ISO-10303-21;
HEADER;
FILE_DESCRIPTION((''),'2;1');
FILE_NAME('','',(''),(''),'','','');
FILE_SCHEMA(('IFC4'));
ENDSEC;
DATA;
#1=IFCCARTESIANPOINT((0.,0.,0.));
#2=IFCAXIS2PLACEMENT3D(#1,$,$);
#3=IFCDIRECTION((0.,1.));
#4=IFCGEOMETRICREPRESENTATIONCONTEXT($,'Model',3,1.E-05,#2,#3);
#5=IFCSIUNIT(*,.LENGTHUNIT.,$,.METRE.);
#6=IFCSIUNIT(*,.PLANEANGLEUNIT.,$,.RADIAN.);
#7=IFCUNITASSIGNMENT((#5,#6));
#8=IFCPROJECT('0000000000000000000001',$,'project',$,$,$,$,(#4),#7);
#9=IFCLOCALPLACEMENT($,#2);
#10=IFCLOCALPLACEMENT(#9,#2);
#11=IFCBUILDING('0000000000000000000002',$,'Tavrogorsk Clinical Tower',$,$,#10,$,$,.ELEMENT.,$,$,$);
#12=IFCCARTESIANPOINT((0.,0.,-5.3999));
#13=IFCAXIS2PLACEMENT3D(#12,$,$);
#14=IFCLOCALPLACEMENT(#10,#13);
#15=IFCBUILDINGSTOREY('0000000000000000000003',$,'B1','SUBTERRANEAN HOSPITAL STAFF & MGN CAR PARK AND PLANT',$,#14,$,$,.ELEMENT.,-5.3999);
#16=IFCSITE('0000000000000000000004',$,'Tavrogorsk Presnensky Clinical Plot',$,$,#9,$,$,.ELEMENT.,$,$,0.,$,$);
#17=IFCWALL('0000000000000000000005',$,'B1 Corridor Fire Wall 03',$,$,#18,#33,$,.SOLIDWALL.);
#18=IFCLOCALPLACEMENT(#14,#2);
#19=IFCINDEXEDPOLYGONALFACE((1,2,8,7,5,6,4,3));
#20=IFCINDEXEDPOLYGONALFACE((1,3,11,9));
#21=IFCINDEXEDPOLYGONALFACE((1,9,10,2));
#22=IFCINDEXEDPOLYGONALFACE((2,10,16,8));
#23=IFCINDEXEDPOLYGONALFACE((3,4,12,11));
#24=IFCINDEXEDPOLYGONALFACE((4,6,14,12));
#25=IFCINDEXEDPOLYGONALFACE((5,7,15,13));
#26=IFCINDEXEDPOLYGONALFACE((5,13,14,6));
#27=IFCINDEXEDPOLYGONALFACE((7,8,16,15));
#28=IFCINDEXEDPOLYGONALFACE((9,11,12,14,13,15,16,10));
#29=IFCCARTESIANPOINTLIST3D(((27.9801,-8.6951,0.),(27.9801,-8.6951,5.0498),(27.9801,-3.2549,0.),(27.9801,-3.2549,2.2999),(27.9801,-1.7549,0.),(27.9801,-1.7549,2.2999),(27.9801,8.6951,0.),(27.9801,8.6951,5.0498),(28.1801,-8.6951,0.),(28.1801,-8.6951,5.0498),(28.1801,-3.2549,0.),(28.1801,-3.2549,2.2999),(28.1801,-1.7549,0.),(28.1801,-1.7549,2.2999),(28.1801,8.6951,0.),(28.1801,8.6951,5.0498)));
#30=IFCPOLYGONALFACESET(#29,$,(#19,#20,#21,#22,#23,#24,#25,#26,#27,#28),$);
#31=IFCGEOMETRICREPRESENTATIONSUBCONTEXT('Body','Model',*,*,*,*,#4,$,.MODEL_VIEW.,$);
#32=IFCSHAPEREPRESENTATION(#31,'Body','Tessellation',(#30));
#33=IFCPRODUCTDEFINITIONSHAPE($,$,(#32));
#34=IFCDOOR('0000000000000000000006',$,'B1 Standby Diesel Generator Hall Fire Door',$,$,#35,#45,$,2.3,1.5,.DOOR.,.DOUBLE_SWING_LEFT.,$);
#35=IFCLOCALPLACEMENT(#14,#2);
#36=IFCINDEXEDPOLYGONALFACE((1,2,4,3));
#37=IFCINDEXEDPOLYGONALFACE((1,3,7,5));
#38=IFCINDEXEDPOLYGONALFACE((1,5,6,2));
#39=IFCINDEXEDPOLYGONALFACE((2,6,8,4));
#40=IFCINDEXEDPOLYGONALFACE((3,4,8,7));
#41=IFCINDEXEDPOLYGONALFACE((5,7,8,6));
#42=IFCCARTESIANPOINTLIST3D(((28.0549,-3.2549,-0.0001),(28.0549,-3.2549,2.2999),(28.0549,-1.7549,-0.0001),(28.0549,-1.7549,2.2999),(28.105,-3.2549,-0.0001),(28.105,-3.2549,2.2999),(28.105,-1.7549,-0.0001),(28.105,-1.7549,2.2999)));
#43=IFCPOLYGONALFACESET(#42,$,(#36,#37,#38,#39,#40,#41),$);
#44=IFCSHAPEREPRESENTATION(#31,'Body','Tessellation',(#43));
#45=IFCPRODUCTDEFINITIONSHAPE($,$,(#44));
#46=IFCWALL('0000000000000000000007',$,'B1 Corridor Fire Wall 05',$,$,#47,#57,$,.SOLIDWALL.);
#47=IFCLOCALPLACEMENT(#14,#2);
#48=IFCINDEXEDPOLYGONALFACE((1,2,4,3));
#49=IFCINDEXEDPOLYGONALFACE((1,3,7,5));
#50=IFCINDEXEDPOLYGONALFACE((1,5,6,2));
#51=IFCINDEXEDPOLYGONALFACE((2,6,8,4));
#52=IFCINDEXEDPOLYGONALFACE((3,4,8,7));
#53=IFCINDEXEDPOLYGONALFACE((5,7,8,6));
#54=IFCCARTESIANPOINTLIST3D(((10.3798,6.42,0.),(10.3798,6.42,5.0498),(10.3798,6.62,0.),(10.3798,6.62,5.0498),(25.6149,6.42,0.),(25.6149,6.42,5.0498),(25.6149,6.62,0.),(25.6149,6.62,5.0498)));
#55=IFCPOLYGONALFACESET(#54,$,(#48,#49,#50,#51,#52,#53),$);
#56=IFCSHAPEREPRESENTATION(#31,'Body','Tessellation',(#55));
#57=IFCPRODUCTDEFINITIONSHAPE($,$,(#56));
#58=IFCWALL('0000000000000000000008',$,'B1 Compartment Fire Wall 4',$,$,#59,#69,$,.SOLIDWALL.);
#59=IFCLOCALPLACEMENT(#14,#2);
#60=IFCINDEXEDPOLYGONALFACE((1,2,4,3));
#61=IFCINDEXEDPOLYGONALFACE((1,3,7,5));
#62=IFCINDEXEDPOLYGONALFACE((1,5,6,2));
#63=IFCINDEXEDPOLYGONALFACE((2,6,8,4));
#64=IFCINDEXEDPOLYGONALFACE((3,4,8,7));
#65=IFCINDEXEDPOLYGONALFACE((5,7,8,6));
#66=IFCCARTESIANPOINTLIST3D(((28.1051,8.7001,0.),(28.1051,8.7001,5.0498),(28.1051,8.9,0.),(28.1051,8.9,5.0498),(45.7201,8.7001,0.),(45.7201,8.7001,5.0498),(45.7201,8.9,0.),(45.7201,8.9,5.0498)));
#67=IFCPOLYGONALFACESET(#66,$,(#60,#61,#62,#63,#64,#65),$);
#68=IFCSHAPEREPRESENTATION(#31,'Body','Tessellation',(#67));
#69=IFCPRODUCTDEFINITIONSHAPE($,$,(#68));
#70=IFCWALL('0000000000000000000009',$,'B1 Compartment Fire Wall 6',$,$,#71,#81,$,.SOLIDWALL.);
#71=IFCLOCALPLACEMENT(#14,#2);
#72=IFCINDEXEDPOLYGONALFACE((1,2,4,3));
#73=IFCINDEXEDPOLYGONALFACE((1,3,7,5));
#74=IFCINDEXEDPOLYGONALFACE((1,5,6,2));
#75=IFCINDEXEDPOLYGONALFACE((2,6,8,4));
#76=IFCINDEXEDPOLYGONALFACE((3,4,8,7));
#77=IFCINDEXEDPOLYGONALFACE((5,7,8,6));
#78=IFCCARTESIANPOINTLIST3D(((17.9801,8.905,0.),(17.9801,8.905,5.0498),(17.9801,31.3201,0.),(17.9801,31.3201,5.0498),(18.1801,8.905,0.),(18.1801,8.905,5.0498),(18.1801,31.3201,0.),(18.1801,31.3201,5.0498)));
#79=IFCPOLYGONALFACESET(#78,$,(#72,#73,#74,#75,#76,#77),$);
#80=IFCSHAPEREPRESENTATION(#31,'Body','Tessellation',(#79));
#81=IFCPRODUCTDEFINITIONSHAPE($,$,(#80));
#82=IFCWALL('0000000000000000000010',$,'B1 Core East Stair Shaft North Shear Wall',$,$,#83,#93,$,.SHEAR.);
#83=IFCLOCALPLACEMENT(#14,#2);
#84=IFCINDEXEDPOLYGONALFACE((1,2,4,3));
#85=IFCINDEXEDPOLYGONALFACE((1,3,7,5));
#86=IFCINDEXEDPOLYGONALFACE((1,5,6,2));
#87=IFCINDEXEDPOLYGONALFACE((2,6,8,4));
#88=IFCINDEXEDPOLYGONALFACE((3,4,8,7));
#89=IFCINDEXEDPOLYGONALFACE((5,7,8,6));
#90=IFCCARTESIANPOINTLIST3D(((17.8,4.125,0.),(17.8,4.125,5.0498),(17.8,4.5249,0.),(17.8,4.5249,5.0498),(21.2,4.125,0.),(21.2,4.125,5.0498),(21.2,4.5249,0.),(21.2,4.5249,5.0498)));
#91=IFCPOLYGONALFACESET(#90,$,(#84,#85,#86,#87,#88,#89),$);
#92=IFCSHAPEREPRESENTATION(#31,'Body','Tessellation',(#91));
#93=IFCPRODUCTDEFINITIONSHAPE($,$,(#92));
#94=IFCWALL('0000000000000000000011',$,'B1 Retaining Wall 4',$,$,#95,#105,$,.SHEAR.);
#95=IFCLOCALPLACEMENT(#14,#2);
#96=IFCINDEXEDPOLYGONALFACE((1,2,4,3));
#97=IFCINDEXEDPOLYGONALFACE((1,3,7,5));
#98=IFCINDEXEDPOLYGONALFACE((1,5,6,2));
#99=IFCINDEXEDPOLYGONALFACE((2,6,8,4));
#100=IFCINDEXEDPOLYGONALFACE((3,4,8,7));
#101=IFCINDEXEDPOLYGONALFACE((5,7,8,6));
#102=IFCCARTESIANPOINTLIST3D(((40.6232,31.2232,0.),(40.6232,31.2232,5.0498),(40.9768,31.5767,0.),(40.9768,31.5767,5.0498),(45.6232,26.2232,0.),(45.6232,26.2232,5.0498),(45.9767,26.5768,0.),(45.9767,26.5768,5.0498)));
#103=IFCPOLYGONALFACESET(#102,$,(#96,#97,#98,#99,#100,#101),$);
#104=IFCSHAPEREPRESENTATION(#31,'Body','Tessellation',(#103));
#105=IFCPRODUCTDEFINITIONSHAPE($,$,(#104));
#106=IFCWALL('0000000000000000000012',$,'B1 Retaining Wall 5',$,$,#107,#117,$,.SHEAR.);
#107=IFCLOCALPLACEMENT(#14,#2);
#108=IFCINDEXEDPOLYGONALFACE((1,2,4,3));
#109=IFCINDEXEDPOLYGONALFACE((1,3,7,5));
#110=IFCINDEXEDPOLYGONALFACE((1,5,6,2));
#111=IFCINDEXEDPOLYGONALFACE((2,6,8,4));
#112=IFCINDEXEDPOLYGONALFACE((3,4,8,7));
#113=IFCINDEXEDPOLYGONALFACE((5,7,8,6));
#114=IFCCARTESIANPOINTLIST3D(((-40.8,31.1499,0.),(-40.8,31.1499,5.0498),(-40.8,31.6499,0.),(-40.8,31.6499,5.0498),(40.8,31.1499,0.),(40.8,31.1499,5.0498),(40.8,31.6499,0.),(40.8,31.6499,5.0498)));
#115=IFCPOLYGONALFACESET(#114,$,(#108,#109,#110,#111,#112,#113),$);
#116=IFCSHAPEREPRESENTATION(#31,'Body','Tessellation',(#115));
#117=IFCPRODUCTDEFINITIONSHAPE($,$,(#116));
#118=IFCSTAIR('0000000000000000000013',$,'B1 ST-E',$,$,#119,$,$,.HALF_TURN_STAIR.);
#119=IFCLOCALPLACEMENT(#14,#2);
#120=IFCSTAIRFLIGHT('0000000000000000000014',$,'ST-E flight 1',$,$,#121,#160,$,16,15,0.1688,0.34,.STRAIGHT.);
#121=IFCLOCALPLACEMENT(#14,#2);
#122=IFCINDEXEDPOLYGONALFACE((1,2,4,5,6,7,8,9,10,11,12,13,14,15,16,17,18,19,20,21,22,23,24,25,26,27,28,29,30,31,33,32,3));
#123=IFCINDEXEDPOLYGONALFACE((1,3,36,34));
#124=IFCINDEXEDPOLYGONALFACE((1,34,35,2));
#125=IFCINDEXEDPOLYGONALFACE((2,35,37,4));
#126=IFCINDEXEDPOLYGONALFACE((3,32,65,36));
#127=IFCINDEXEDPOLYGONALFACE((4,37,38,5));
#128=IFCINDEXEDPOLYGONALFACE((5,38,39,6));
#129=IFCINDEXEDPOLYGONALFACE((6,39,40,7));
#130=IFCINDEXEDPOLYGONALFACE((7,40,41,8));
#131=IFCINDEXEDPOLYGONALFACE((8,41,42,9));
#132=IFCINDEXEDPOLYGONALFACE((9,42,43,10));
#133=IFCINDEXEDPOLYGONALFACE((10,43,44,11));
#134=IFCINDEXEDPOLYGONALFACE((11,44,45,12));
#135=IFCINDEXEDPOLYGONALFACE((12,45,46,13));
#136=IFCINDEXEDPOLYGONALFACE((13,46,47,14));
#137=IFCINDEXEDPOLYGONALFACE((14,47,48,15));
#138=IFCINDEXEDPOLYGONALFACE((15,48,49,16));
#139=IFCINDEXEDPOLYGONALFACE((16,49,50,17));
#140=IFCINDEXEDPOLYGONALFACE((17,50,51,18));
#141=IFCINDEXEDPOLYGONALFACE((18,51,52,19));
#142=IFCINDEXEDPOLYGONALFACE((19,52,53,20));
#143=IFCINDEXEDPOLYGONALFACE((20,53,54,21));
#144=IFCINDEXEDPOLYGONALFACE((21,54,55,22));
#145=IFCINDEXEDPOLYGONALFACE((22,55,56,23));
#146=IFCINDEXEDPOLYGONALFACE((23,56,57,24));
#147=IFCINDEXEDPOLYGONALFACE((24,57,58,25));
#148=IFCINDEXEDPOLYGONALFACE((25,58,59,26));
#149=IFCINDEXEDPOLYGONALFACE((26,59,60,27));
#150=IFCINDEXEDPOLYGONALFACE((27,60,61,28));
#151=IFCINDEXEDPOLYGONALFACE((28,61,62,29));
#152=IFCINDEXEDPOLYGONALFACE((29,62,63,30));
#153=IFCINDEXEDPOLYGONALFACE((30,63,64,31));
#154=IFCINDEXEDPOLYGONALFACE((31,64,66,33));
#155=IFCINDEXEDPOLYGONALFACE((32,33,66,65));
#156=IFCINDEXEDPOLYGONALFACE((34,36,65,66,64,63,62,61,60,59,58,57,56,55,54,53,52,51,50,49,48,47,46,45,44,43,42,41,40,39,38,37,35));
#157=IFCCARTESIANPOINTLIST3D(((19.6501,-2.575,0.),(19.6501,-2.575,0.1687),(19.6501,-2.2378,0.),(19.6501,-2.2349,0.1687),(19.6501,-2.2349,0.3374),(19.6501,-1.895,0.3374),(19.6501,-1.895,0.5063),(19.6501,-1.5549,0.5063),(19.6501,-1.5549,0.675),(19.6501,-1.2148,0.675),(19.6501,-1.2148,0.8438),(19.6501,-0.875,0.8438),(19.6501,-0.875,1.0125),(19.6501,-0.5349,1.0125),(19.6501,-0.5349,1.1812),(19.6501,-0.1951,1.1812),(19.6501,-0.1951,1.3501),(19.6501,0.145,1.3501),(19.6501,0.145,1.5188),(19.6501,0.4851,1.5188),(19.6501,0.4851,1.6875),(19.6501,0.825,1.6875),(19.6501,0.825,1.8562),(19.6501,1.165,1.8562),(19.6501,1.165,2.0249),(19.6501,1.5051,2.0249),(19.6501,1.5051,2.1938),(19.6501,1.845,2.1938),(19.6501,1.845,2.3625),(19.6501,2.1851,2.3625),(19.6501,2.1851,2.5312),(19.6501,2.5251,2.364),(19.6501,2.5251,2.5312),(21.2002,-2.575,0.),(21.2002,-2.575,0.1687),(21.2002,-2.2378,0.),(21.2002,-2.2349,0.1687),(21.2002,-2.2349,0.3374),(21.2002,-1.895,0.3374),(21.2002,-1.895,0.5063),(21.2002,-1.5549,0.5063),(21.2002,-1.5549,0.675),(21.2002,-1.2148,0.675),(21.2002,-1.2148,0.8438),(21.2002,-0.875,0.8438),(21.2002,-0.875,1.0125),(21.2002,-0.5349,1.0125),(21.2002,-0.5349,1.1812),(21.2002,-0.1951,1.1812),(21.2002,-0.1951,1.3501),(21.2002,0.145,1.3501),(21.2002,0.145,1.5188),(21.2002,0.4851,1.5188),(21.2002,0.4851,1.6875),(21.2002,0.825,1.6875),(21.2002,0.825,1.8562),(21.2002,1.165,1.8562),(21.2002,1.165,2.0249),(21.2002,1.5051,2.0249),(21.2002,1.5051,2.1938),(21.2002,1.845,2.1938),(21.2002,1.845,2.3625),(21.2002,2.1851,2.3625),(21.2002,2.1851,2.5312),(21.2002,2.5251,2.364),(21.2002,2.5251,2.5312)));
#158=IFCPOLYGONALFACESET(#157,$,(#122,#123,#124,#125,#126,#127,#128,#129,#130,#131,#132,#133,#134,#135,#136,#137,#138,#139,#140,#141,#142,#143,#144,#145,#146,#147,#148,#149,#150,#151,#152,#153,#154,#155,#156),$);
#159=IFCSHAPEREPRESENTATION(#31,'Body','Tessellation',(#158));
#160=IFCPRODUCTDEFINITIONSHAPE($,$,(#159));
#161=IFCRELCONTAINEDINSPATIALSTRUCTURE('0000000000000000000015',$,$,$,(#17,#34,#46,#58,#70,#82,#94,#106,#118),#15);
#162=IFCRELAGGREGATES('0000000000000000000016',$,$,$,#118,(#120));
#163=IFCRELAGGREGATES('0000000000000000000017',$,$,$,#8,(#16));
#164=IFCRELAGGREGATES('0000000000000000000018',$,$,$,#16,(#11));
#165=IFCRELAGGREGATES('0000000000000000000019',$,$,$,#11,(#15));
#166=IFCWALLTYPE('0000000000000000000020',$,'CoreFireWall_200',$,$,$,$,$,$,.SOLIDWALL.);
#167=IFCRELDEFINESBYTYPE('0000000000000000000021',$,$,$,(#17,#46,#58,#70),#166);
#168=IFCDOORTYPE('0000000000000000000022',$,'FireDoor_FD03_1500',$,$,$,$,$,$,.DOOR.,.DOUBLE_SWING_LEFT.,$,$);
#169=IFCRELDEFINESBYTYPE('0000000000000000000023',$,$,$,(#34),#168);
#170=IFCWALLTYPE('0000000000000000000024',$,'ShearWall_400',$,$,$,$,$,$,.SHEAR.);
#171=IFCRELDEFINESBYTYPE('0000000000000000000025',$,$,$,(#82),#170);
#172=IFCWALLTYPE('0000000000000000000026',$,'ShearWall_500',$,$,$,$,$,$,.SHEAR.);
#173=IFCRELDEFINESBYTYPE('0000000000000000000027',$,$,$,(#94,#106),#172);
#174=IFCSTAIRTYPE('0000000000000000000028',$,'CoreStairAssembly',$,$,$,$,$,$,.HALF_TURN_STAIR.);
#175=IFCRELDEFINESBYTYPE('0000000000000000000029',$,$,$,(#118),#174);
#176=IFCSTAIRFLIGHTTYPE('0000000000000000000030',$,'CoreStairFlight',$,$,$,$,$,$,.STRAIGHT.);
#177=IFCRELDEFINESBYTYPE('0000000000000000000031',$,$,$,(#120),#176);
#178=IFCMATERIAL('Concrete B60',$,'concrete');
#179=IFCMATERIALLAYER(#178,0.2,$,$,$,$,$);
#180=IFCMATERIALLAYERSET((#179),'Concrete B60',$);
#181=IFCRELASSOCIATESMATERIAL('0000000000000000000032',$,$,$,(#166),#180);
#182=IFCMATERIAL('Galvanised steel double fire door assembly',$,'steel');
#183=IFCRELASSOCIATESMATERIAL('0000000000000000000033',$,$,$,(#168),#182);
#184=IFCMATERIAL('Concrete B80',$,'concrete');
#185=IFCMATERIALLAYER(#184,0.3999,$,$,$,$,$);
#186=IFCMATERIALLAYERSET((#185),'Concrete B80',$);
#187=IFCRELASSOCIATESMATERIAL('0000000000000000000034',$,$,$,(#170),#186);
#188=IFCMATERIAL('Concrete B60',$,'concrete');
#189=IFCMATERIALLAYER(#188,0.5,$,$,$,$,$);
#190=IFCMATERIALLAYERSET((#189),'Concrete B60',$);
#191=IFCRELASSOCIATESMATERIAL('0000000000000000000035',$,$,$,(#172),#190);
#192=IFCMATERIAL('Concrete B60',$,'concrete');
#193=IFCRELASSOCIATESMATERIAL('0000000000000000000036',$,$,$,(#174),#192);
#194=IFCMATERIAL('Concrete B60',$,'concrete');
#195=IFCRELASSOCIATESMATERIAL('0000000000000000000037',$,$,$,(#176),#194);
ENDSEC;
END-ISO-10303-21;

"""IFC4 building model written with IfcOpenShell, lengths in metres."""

from ifc_helpers import new_model, si_unit, direction, frame, frame_2d, origin, place, context, subcontext, project, spatial, polyline, rectangle, outline, extrude, material, layer, layer_set, type_object, element, fill, aggregate, save


model = new_model("IFC4")

# Units and contexts
model_context = context("Model", 3, precision=1e-05, world=origin(), true_north=direction((0.0, 1.0)))
body_context = subcontext(model_context, "Body", "Model", "MODEL_VIEW")
ifc_project = project(units=[si_unit("LENGTHUNIT", "METRE"), si_unit("PLANEANGLEUNIT", "RADIAN")], contexts=[model_context])

# Site, building, storey
site_placement = place(None, origin())
site = spatial("IfcSite", under=ifc_project, at=site_placement, Name="Tavrogorsk Presnensky Clinical Plot", CompositionType="ELEMENT", RefElevation=0.0)
building_placement = place(site_placement, origin())
building = spatial("IfcBuilding", under=site, at=building_placement, Name="Tavrogorsk Clinical Tower", CompositionType="ELEMENT")
storey_placement = place(building_placement, frame((0.0, 0.0, -5.3999)))
storey = spatial("IfcBuildingStorey", under=building, at=storey_placement, Name="B1", Description="SUBTERRANEAN HOSPITAL STAFF & MGN CAR PARK AND PLANT", CompositionType="ELEMENT", Elevation=-5.3999)

# Wall, opening, door
ifc_material_1 = material(Name="Concrete B60", Category="concrete")
ifc_layer_1 = layer(ifc_material_1, 0.2)
ifc_layer_set_1 = layer_set([ifc_layer_1], Name="Concrete B60")
wall_type_1 = type_object("IfcWallType", Name="CoreFireWall_200", PredefinedType="SOLIDWALL", material=ifc_layer_set_1)
wall_1_placement = place(storey_placement, frame((28.0801, 8.6951, 0.0), z_axis=(0.0, 0.0, 1.0), x_axis=(0.0, -1.0, 0.0)))
wall_1 = element("IfcWall", 1, at=wall_1_placement, inside=storey, type_object=wall_type_1, Name="B1 Corridor Fire Wall 03", PredefinedType="SOLIDWALL", context=body_context, shape_type="SweptSolid", body=[
    extrude(rectangle(XDim=17.3901, YDim=0.2, at=frame_2d((8.6951, 0.0))), origin(), (0.0, 0.0, 1.0), 5.0498),
])
opening_placement = place(wall_1_placement, frame((10.45, 0.0, 0.0)))
opening = element("IfcOpeningElement", 2, at=opening_placement, cuts=wall_1, PredefinedType="OPENING", context=body_context, shape_type="SweptSolid", body=[
    extrude(rectangle(XDim=1.5, YDim=2.3, at=frame_2d((0.75, 1.1499))), frame((0.0, 0.1099, 0.0), z_axis=(0.0, -1.0, 0.0), x_axis=(1.0, 0.0, 0.0)), (0.0, 0.0, 1.0), 0.22),
])
ifc_material_2 = material(Name="Galvanised steel double fire door assembly", Category="steel")
door_type = type_object("IfcDoorType", Name="FireDoor_FD03_1500", OperationType="DOUBLE_SWING_LEFT", PredefinedType="DOOR", material=ifc_material_2)
door_placement = place(opening_placement, origin())
door = element("IfcDoor", 3, at=door_placement, inside=storey, type_object=door_type, Name="B1 Standby Diesel Generator Hall Fire Door", OperationType="DOUBLE_SWING_LEFT", OverallHeight=2.3, OverallWidth=1.5, PredefinedType="DOOR", context=body_context, shape_type="SweptSolid", body=[
    extrude(rectangle(XDim=1.5, YDim=2.3, at=frame_2d((0.75, 1.1499))), frame((0.0, 0.0249, 0.0), z_axis=(0.0, -1.0, 0.0), x_axis=(1.0, 0.0, 0.0)), (0.0, 0.0, 1.0), 0.05),
])
fill(opening, door)

# Walls
wall_2_placement = place(storey_placement, frame((25.615, 6.52, 0.0), z_axis=(0.0, 0.0, 1.0), x_axis=(-1.0, 0.0, 0.0)))
element("IfcWall", 4, at=wall_2_placement, inside=storey, type_object=wall_type_1, Name="B1 Corridor Fire Wall 05", PredefinedType="SOLIDWALL", context=body_context, shape_type="SweptSolid", body=[
    extrude(rectangle(XDim=15.2351, YDim=0.2, at=frame_2d((7.6177, 0.0))), origin(), (0.0, 0.0, 1.0), 5.0498),
])
wall_3_placement = place(storey_placement, frame((28.105, 8.8, 0.0), z_axis=(0.0, 0.0, 1.0), x_axis=(1.0, 0.0, 0.0)))
element("IfcWall", 5, at=wall_3_placement, inside=storey, type_object=wall_type_1, Name="B1 Compartment Fire Wall 4", PredefinedType="SOLIDWALL", context=body_context, shape_type="SweptSolid", body=[
    extrude(rectangle(XDim=17.615, YDim=0.2, at=frame_2d((8.8076, 0.0))), origin(), (0.0, 0.0, 1.0), 5.0498),
])
wall_4_placement = place(storey_placement, frame((18.0801, 8.905, 0.0), z_axis=(0.0, 0.0, 1.0), x_axis=(0.0, 1.0, 0.0)))
element("IfcWall", 6, at=wall_4_placement, inside=storey, type_object=wall_type_1, Name="B1 Compartment Fire Wall 6", PredefinedType="SOLIDWALL", context=body_context, shape_type="SweptSolid", body=[
    extrude(rectangle(XDim=22.415, YDim=0.2, at=frame_2d((11.2075, 0.0))), origin(), (0.0, 0.0, 1.0), 5.0498),
])
ifc_material_3 = material(Name="Concrete B80", Category="concrete")
ifc_layer_2 = layer(ifc_material_3, 0.3999)
ifc_layer_set_2 = layer_set([ifc_layer_2], Name="Concrete B80")
wall_type_2 = type_object("IfcWallType", Name="ShearWall_400", PredefinedType="SHEAR", material=ifc_layer_set_2)
wall_5_placement = place(storey_placement, frame((17.8, 4.325, 0.0), z_axis=(0.0, 0.0, 1.0), x_axis=(1.0, 0.0, 0.0)))
element("IfcWall", 7, at=wall_5_placement, inside=storey, type_object=wall_type_2, Name="B1 Core East Stair Shaft North Shear Wall", PredefinedType="SHEAR", context=body_context, shape_type="SweptSolid", body=[
    extrude(rectangle(XDim=3.3999, YDim=0.3999, at=frame_2d((1.7, 0.0))), origin(), (0.0, 0.0, 1.0), 5.0498),
])
ifc_material_4 = material(Name="Concrete B60", Category="concrete")
ifc_layer_3 = layer(ifc_material_4, 0.5)
ifc_layer_set_3 = layer_set([ifc_layer_3], Name="Concrete B60")
wall_type_3 = type_object("IfcWallType", Name="ShearWall_500", PredefinedType="SHEAR", material=ifc_layer_set_3)
wall_6_placement = place(storey_placement, frame((45.8, 26.3999, 0.0), z_axis=(0.0, 0.0, 1.0), x_axis=(-0.707107, 0.707107, 0.0)))
element("IfcWall", 8, at=wall_6_placement, inside=storey, type_object=wall_type_3, Name="B1 Retaining Wall 4", PredefinedType="SHEAR", context=body_context, shape_type="SweptSolid", body=[
    extrude(rectangle(XDim=7.071, YDim=0.5, at=frame_2d((3.5356, 0.0))), origin(), (0.0, 0.0, 1.0), 5.0498),
])
wall_7_placement = place(storey_placement, frame((40.8, 31.3999, 0.0), z_axis=(0.0, 0.0, 1.0), x_axis=(-1.0, 0.0, 0.0)))
element("IfcWall", 9, at=wall_7_placement, inside=storey, type_object=wall_type_3, Name="B1 Retaining Wall 5", PredefinedType="SHEAR", context=body_context, shape_type="SweptSolid", body=[
    extrude(rectangle(XDim=81.6001, YDim=0.5, at=frame_2d((40.8, 0.0))), origin(), (0.0, 0.0, 1.0), 5.0498),
])

# Stair, stair flight
ifc_material_5 = material(Name="Concrete B60", Category="concrete")
stair_type = type_object("IfcStairType", Name="CoreStairAssembly", PredefinedType="HALF_TURN_STAIR", material=ifc_material_5)
stair_placement = place(storey_placement, origin())
stair = element("IfcStair", 10, at=stair_placement, inside=storey, type_object=stair_type, Name="B1 ST-E", PredefinedType="HALF_TURN_STAIR")
ifc_material_6 = material(Name="Concrete B60", Category="concrete")
stair_flight_type = type_object("IfcStairFlightType", Name="CoreStairFlight", PredefinedType="STRAIGHT", material=ifc_material_6)
stair_flight_1_placement = place(storey_placement, frame((20.425, -2.575, 0.0), z_axis=(0.0, 0.0, 1.0), x_axis=(0.0, 1.0, 0.0)))
stair_flight_1 = element("IfcStairFlight", 11, at=stair_flight_1_placement, type_object=stair_flight_type, Name="ST-E flight 1", NumberOfRisers=16, NumberOfTreads=15, PredefinedType="STRAIGHT", RiserHeight=0.1688, TreadLength=0.34, context=body_context, shape_type="SweptSolid", body=[
    extrude(outline(polyline([(0.0, 0.0), (0.0, 0.1687), (0.3401, 0.1687), (0.3401, 0.3374), (0.6799, 0.3374), (0.6799, 0.5063), (1.02, 0.5063), (1.02, 0.675), (1.3601, 0.675), (1.3601, 0.8438), (1.7, 0.8438), (1.7, 1.0125), (2.04, 1.0125), (2.04, 1.1812), (2.3799, 1.1812), (2.3799, 1.3501), (2.72, 1.3501), (2.72, 1.5188), (3.0601, 1.5188), (3.0601, 1.6875), (3.3999, 1.6875), (3.3999, 1.8562), (3.74, 1.8562), (3.74, 2.0249), (4.0801, 2.0249), (4.0801, 2.1938), (4.4199, 2.1938), (4.4199, 2.3625), (4.76, 2.3625), (4.76, 2.5312), (5.1001, 2.5312), (5.1001, 2.7), (5.1001, 2.364), (0.3372, 0.0), (0.0, 0.0)])), frame((0.0, 0.7749, 0.0), z_axis=(0.0, -1.0, 0.0), x_axis=(1.0, 0.0, 0.0)), (0.0, 0.0, 1.0), 1.55),
])
aggregate(stair, [stair_flight_1])

save(model, "model.ifc")
